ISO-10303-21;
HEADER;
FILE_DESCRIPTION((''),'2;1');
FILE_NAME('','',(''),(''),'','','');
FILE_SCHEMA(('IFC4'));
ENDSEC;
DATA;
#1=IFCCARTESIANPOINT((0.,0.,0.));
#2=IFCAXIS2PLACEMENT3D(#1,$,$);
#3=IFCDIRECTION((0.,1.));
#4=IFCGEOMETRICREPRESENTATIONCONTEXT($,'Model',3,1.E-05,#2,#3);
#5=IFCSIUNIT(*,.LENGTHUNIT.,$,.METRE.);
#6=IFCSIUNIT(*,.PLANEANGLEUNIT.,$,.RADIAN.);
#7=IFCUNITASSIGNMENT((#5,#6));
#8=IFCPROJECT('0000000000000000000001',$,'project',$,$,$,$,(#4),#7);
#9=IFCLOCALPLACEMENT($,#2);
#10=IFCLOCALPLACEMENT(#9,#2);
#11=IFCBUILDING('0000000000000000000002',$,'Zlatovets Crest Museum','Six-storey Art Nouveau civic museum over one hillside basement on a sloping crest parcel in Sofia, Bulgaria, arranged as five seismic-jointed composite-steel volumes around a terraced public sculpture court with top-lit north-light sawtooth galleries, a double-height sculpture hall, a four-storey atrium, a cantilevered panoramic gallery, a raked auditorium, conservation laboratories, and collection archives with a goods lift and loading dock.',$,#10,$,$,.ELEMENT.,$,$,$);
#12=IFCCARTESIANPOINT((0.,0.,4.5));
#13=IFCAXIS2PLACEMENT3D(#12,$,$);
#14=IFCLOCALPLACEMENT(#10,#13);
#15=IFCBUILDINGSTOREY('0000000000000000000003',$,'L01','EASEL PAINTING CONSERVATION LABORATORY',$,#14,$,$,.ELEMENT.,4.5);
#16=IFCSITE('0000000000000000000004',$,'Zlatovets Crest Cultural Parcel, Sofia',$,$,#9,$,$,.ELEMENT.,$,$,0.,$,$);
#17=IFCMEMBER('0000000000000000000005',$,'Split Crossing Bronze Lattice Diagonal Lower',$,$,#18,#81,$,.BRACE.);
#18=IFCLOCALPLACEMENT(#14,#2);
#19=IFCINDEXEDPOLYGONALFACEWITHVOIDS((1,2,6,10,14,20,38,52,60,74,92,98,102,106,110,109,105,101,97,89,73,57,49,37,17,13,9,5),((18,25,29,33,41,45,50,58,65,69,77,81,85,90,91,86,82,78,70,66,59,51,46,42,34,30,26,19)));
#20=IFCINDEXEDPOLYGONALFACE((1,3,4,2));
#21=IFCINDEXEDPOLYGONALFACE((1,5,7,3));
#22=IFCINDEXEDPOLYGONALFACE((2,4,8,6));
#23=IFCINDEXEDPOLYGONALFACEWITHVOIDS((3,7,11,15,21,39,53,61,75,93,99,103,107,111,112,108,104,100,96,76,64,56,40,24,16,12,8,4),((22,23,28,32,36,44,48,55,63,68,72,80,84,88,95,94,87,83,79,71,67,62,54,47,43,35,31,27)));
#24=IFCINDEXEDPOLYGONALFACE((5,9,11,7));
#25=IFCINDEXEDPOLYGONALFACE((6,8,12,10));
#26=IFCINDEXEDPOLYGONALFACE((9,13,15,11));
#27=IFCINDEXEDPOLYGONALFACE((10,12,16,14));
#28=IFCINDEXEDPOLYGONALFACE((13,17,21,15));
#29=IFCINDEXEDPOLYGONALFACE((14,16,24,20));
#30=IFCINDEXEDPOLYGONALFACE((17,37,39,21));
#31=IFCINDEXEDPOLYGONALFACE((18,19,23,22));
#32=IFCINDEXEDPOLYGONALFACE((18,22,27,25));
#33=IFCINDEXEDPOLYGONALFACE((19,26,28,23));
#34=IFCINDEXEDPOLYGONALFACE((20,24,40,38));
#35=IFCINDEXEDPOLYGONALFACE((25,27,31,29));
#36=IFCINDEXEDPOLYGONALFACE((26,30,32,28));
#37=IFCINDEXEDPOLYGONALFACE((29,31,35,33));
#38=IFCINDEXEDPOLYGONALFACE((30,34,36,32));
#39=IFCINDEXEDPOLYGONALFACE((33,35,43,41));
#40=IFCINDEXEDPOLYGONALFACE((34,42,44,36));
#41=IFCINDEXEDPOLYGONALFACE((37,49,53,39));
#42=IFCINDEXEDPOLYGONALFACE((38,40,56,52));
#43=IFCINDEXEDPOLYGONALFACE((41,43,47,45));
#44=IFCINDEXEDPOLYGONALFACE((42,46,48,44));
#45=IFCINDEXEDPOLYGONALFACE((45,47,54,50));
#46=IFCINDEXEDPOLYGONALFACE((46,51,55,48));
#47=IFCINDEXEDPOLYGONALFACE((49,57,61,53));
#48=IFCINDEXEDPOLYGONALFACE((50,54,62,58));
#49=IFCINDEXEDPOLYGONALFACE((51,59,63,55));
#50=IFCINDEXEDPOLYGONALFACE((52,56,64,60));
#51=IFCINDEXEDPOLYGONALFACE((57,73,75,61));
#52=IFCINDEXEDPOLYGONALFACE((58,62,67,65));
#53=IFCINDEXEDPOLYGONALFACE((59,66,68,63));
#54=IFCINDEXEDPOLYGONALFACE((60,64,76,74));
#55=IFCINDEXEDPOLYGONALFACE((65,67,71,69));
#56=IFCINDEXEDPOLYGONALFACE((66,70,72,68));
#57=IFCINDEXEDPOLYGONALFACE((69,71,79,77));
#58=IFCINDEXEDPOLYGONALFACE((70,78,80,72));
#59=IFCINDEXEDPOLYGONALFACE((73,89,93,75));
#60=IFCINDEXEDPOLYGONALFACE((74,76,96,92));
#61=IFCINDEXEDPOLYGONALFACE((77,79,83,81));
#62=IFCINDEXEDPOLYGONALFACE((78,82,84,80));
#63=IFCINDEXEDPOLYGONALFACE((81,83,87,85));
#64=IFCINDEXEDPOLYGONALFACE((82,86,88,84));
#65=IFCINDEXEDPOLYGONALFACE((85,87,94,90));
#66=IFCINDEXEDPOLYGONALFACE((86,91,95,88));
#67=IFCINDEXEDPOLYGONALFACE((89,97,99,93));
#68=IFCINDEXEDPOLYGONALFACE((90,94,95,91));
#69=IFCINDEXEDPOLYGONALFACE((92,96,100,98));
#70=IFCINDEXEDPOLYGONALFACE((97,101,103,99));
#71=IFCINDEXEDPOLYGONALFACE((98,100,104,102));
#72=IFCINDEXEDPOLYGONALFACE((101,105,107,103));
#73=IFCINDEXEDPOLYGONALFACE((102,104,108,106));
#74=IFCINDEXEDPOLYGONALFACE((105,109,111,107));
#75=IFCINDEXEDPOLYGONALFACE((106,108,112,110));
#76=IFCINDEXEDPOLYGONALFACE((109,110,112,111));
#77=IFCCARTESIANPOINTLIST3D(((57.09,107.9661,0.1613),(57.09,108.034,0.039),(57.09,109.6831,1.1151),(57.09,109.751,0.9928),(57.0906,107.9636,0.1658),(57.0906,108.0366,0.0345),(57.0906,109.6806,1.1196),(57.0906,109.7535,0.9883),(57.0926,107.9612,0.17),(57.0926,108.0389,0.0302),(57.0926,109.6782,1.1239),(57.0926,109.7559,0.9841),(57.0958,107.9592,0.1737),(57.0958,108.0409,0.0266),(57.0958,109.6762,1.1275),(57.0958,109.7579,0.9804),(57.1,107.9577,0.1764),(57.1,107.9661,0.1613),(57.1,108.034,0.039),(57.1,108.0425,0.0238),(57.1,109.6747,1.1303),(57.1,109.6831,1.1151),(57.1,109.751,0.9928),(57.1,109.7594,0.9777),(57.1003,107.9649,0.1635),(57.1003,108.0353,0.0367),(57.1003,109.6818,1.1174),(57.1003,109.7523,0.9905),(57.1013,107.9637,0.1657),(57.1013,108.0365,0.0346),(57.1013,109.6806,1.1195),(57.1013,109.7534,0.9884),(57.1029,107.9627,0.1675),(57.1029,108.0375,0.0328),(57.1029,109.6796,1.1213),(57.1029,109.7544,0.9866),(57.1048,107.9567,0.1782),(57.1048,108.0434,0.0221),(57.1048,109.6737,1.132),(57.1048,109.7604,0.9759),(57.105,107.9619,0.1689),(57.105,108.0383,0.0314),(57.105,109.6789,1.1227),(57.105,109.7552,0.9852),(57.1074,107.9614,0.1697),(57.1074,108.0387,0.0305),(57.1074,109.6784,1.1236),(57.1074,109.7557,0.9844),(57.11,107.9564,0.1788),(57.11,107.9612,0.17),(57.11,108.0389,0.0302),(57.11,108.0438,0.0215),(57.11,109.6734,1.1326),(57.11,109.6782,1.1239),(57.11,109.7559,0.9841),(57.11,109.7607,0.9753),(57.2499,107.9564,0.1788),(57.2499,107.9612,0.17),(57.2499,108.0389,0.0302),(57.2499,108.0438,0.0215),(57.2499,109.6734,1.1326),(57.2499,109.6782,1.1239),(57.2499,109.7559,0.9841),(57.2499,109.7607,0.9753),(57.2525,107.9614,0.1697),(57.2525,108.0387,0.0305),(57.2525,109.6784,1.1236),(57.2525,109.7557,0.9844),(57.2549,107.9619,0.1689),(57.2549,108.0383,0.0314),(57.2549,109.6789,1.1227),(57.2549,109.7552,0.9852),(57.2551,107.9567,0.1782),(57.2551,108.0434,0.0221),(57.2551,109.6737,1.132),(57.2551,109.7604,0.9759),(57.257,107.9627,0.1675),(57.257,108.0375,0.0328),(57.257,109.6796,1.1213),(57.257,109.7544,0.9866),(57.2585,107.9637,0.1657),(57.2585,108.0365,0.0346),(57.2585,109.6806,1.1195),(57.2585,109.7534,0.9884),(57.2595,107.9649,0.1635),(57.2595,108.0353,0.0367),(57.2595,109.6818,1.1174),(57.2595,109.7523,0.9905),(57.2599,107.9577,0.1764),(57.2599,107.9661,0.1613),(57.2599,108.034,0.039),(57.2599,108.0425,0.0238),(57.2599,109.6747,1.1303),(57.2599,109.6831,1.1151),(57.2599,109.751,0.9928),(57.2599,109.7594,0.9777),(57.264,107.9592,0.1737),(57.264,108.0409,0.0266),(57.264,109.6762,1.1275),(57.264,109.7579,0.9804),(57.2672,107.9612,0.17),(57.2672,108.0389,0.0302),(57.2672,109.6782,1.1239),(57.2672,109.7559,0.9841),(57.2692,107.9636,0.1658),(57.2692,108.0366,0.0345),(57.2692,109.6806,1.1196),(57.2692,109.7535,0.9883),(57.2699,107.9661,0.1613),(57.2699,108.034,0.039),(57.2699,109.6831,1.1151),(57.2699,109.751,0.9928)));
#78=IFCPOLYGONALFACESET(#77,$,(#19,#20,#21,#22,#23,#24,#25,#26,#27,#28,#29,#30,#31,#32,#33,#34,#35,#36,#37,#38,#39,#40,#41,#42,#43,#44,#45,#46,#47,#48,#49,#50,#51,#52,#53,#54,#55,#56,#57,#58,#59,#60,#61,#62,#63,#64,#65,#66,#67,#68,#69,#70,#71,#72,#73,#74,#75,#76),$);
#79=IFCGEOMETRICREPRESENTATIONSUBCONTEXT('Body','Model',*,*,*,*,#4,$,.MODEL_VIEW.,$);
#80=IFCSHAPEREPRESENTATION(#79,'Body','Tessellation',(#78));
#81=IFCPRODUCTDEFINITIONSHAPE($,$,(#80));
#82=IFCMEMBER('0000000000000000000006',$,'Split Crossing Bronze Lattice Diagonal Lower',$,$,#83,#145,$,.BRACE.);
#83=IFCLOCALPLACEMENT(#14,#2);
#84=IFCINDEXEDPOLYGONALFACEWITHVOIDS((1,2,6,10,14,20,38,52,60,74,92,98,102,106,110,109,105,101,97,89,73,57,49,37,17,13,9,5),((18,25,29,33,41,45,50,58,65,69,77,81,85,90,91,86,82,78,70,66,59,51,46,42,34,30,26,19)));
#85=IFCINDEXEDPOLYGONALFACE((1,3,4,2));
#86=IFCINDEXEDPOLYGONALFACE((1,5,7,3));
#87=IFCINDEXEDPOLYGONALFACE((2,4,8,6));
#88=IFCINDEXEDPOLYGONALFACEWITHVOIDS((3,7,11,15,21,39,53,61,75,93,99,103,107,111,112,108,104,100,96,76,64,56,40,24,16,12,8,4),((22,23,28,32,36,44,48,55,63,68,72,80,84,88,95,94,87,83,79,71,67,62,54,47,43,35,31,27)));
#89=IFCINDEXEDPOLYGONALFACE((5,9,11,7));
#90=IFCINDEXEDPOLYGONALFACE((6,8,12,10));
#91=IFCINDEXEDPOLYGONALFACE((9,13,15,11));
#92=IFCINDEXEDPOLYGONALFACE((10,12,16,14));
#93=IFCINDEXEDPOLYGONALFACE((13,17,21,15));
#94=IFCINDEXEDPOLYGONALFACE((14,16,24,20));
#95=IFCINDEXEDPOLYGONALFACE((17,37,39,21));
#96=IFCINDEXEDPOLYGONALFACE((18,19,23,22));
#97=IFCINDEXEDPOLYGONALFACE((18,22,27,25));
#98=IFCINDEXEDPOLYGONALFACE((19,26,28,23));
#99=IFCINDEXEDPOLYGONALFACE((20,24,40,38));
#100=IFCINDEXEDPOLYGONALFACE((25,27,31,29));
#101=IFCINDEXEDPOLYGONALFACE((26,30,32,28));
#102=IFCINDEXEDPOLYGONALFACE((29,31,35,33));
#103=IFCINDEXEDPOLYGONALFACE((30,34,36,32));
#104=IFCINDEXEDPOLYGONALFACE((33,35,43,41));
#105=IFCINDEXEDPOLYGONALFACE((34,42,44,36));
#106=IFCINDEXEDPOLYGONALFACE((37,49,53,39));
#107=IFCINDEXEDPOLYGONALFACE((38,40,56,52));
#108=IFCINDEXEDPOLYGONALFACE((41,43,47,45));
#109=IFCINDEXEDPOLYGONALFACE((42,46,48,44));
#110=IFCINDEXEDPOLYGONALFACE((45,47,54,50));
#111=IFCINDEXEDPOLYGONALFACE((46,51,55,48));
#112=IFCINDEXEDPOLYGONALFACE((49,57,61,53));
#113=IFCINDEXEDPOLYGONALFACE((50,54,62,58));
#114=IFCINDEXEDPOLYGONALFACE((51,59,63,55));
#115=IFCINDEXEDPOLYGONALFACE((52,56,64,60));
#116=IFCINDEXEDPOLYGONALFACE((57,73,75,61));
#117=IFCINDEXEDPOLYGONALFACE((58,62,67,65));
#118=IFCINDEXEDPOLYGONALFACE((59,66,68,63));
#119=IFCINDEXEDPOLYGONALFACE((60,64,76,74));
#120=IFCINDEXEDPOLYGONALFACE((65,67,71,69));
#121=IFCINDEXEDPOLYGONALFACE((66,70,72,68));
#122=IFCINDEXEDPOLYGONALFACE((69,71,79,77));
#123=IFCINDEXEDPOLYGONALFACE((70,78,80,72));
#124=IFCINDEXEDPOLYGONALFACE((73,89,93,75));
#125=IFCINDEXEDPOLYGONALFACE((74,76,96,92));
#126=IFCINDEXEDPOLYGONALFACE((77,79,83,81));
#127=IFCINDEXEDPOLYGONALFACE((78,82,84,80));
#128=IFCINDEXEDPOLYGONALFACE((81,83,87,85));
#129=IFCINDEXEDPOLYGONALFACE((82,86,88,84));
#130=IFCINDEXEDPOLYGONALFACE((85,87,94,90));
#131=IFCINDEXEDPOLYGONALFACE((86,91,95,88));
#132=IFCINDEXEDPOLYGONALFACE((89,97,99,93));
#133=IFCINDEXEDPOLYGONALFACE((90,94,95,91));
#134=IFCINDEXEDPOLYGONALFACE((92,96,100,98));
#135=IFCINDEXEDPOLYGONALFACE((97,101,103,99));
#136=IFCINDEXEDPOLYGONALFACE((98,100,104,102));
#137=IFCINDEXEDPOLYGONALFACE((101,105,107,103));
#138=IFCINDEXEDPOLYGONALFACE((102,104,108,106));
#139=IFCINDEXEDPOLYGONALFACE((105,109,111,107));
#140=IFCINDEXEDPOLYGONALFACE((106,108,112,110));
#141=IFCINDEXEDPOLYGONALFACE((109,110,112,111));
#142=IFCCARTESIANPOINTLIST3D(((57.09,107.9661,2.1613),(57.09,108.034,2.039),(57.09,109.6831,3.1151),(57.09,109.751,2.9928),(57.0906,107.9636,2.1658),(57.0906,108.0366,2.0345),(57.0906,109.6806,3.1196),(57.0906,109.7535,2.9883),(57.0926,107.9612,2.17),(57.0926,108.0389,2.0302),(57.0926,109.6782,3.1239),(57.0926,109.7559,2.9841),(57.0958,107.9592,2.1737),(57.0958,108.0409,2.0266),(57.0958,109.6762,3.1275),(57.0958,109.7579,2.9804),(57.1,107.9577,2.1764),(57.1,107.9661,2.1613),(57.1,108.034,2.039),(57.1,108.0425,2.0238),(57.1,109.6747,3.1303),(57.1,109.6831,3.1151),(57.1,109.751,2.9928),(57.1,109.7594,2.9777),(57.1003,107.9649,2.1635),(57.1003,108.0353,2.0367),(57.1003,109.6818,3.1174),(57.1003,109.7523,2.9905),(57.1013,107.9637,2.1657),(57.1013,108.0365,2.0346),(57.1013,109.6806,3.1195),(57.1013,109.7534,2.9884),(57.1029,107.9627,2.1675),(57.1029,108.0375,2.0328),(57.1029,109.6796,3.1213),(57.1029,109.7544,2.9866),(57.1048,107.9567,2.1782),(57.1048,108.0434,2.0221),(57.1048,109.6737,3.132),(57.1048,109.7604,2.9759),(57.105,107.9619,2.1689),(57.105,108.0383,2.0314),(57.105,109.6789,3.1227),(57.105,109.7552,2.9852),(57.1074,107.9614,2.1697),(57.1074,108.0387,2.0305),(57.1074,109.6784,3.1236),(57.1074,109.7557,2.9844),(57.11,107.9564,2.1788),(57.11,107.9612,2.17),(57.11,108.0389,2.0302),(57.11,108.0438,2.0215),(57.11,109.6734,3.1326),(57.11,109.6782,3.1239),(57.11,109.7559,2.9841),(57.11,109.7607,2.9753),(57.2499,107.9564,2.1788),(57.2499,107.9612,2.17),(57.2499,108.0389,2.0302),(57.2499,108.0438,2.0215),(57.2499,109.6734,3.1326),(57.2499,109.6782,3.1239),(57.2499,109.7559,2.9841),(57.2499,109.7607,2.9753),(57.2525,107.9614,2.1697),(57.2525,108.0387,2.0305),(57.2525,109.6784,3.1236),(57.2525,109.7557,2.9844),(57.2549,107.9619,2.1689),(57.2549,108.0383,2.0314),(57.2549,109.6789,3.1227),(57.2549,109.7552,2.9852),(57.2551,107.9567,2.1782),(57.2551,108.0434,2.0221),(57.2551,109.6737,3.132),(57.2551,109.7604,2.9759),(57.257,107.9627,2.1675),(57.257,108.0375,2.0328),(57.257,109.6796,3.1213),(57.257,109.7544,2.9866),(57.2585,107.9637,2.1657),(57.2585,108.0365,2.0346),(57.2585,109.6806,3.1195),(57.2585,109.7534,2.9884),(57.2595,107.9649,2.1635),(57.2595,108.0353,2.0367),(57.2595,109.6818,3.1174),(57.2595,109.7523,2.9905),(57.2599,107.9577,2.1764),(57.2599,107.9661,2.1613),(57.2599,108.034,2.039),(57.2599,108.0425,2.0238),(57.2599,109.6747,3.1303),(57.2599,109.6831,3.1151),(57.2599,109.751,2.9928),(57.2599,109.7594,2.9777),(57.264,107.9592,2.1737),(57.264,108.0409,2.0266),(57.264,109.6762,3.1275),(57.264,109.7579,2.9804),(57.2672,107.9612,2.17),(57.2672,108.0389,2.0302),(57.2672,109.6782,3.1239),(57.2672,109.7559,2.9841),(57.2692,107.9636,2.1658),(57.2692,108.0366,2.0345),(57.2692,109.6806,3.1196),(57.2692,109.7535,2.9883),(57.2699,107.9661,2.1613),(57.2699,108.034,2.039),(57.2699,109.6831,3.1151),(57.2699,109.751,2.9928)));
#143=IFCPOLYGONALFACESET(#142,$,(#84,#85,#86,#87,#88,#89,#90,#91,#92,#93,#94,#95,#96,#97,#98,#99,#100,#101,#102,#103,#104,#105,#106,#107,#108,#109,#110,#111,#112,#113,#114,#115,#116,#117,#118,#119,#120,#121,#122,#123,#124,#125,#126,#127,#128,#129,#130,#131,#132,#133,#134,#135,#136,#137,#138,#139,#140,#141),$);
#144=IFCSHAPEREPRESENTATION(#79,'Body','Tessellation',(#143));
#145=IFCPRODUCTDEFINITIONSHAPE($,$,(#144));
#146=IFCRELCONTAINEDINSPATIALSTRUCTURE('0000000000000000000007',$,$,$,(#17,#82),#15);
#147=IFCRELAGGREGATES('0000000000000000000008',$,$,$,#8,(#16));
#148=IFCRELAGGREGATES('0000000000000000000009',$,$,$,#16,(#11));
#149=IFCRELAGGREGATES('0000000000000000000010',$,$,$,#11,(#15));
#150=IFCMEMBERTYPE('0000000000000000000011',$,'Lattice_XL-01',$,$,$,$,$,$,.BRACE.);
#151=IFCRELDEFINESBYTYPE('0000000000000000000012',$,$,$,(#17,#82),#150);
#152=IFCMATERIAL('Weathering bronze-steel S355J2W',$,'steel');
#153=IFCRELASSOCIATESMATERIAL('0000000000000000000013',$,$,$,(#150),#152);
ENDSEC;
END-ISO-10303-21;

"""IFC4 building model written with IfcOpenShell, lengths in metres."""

from ifc_helpers import new_model, si_unit, direction, frame, origin, origin_2d, place, context, subcontext, project, spatial, hollow_rectangle, extrude, material, material_profile, profile_set, type_object, element, save


model = new_model("IFC4")

# Units and contexts
model_context = context("Model", 3, precision=1e-05, world=origin(), true_north=direction((0.0, 1.0)))
body_context = subcontext(model_context, "Body", "Model", "MODEL_VIEW")
ifc_project = project(units=[si_unit("LENGTHUNIT", "METRE"), si_unit("PLANEANGLEUNIT", "RADIAN")], contexts=[model_context])

# Site, building, storey
site_placement = place(None, origin())
site = spatial("IfcSite", under=ifc_project, at=site_placement, Name="Zlatovets Crest Cultural Parcel, Sofia", CompositionType="ELEMENT", RefElevation=0.0)
building_placement = place(site_placement, origin())
building = spatial("IfcBuilding", under=site, at=building_placement, Name="Zlatovets Crest Museum", Description="Six-storey Art Nouveau civic museum over one hillside basement on a sloping crest parcel in Sofia, Bulgaria, arranged as five seismic-jointed composite-steel volumes around a terraced public sculpture court with top-lit north-light sawtooth galleries, a double-height sculpture hall, a four-storey atrium, a cantilevered panoramic gallery, a raked auditorium, conservation laboratories, and collection archives with a goods lift and loading dock.", CompositionType="ELEMENT")
storey_placement = place(building_placement, frame((0.0, 0.0, 4.5)))
storey = spatial("IfcBuildingStorey", under=building, at=storey_placement, Name="L01", Description="EASEL PAINTING CONSERVATION LABORATORY", CompositionType="ELEMENT", Elevation=4.5)

# Members
ifc_material_1 = material(Name="Weathering bronze-steel S355J2W", Category="steel")
ifc_material_profile_1 = material_profile(ifc_material_1, hollow_rectangle(XDim=0.1799, YDim=0.1799, WallThickness=0.01, InnerFilletRadius=0.01, OuterFilletRadius=0.02, at=origin_2d()), Name="SHS 180x180x10.0")
ifc_profile_set_1 = profile_set([ifc_material_profile_1], Name="Weathering bronze-steel S355J2W")
member_type_1 = type_object("IfcMemberType", Name="Lattice_XL-01", PredefinedType="BRACE", material=ifc_profile_set_1)
for number, where, z_axis, x_axis, name in (
    (1, (57.1799, 109.717, 1.054), (0.0, -0.874169, -0.485622), (1.0, 0.0, 0.0), "Split Crossing Bronze Lattice Diagonal Lower"),
    (2, (57.1799, 109.717, 3.054), (0.0, -0.874169, -0.485622), (1.0, 0.0, 0.0), "Split Crossing Bronze Lattice Diagonal Lower"),
):
    element("IfcMember", number, at=place(storey_placement, frame(where, z_axis=z_axis, x_axis=x_axis)), inside=storey, type_object=member_type_1, Name=name, PredefinedType="BRACE", context=body_context, shape_type="SweptSolid", body=[
        extrude(hollow_rectangle(XDim=0.1799, YDim=0.1799, WallThickness=0.01, InnerFilletRadius=0.01, OuterFilletRadius=0.02, at=origin_2d()), origin(), (0.0, 0.0, 1.0), 1.9641),
    ])

save(model, "model.ifc")
